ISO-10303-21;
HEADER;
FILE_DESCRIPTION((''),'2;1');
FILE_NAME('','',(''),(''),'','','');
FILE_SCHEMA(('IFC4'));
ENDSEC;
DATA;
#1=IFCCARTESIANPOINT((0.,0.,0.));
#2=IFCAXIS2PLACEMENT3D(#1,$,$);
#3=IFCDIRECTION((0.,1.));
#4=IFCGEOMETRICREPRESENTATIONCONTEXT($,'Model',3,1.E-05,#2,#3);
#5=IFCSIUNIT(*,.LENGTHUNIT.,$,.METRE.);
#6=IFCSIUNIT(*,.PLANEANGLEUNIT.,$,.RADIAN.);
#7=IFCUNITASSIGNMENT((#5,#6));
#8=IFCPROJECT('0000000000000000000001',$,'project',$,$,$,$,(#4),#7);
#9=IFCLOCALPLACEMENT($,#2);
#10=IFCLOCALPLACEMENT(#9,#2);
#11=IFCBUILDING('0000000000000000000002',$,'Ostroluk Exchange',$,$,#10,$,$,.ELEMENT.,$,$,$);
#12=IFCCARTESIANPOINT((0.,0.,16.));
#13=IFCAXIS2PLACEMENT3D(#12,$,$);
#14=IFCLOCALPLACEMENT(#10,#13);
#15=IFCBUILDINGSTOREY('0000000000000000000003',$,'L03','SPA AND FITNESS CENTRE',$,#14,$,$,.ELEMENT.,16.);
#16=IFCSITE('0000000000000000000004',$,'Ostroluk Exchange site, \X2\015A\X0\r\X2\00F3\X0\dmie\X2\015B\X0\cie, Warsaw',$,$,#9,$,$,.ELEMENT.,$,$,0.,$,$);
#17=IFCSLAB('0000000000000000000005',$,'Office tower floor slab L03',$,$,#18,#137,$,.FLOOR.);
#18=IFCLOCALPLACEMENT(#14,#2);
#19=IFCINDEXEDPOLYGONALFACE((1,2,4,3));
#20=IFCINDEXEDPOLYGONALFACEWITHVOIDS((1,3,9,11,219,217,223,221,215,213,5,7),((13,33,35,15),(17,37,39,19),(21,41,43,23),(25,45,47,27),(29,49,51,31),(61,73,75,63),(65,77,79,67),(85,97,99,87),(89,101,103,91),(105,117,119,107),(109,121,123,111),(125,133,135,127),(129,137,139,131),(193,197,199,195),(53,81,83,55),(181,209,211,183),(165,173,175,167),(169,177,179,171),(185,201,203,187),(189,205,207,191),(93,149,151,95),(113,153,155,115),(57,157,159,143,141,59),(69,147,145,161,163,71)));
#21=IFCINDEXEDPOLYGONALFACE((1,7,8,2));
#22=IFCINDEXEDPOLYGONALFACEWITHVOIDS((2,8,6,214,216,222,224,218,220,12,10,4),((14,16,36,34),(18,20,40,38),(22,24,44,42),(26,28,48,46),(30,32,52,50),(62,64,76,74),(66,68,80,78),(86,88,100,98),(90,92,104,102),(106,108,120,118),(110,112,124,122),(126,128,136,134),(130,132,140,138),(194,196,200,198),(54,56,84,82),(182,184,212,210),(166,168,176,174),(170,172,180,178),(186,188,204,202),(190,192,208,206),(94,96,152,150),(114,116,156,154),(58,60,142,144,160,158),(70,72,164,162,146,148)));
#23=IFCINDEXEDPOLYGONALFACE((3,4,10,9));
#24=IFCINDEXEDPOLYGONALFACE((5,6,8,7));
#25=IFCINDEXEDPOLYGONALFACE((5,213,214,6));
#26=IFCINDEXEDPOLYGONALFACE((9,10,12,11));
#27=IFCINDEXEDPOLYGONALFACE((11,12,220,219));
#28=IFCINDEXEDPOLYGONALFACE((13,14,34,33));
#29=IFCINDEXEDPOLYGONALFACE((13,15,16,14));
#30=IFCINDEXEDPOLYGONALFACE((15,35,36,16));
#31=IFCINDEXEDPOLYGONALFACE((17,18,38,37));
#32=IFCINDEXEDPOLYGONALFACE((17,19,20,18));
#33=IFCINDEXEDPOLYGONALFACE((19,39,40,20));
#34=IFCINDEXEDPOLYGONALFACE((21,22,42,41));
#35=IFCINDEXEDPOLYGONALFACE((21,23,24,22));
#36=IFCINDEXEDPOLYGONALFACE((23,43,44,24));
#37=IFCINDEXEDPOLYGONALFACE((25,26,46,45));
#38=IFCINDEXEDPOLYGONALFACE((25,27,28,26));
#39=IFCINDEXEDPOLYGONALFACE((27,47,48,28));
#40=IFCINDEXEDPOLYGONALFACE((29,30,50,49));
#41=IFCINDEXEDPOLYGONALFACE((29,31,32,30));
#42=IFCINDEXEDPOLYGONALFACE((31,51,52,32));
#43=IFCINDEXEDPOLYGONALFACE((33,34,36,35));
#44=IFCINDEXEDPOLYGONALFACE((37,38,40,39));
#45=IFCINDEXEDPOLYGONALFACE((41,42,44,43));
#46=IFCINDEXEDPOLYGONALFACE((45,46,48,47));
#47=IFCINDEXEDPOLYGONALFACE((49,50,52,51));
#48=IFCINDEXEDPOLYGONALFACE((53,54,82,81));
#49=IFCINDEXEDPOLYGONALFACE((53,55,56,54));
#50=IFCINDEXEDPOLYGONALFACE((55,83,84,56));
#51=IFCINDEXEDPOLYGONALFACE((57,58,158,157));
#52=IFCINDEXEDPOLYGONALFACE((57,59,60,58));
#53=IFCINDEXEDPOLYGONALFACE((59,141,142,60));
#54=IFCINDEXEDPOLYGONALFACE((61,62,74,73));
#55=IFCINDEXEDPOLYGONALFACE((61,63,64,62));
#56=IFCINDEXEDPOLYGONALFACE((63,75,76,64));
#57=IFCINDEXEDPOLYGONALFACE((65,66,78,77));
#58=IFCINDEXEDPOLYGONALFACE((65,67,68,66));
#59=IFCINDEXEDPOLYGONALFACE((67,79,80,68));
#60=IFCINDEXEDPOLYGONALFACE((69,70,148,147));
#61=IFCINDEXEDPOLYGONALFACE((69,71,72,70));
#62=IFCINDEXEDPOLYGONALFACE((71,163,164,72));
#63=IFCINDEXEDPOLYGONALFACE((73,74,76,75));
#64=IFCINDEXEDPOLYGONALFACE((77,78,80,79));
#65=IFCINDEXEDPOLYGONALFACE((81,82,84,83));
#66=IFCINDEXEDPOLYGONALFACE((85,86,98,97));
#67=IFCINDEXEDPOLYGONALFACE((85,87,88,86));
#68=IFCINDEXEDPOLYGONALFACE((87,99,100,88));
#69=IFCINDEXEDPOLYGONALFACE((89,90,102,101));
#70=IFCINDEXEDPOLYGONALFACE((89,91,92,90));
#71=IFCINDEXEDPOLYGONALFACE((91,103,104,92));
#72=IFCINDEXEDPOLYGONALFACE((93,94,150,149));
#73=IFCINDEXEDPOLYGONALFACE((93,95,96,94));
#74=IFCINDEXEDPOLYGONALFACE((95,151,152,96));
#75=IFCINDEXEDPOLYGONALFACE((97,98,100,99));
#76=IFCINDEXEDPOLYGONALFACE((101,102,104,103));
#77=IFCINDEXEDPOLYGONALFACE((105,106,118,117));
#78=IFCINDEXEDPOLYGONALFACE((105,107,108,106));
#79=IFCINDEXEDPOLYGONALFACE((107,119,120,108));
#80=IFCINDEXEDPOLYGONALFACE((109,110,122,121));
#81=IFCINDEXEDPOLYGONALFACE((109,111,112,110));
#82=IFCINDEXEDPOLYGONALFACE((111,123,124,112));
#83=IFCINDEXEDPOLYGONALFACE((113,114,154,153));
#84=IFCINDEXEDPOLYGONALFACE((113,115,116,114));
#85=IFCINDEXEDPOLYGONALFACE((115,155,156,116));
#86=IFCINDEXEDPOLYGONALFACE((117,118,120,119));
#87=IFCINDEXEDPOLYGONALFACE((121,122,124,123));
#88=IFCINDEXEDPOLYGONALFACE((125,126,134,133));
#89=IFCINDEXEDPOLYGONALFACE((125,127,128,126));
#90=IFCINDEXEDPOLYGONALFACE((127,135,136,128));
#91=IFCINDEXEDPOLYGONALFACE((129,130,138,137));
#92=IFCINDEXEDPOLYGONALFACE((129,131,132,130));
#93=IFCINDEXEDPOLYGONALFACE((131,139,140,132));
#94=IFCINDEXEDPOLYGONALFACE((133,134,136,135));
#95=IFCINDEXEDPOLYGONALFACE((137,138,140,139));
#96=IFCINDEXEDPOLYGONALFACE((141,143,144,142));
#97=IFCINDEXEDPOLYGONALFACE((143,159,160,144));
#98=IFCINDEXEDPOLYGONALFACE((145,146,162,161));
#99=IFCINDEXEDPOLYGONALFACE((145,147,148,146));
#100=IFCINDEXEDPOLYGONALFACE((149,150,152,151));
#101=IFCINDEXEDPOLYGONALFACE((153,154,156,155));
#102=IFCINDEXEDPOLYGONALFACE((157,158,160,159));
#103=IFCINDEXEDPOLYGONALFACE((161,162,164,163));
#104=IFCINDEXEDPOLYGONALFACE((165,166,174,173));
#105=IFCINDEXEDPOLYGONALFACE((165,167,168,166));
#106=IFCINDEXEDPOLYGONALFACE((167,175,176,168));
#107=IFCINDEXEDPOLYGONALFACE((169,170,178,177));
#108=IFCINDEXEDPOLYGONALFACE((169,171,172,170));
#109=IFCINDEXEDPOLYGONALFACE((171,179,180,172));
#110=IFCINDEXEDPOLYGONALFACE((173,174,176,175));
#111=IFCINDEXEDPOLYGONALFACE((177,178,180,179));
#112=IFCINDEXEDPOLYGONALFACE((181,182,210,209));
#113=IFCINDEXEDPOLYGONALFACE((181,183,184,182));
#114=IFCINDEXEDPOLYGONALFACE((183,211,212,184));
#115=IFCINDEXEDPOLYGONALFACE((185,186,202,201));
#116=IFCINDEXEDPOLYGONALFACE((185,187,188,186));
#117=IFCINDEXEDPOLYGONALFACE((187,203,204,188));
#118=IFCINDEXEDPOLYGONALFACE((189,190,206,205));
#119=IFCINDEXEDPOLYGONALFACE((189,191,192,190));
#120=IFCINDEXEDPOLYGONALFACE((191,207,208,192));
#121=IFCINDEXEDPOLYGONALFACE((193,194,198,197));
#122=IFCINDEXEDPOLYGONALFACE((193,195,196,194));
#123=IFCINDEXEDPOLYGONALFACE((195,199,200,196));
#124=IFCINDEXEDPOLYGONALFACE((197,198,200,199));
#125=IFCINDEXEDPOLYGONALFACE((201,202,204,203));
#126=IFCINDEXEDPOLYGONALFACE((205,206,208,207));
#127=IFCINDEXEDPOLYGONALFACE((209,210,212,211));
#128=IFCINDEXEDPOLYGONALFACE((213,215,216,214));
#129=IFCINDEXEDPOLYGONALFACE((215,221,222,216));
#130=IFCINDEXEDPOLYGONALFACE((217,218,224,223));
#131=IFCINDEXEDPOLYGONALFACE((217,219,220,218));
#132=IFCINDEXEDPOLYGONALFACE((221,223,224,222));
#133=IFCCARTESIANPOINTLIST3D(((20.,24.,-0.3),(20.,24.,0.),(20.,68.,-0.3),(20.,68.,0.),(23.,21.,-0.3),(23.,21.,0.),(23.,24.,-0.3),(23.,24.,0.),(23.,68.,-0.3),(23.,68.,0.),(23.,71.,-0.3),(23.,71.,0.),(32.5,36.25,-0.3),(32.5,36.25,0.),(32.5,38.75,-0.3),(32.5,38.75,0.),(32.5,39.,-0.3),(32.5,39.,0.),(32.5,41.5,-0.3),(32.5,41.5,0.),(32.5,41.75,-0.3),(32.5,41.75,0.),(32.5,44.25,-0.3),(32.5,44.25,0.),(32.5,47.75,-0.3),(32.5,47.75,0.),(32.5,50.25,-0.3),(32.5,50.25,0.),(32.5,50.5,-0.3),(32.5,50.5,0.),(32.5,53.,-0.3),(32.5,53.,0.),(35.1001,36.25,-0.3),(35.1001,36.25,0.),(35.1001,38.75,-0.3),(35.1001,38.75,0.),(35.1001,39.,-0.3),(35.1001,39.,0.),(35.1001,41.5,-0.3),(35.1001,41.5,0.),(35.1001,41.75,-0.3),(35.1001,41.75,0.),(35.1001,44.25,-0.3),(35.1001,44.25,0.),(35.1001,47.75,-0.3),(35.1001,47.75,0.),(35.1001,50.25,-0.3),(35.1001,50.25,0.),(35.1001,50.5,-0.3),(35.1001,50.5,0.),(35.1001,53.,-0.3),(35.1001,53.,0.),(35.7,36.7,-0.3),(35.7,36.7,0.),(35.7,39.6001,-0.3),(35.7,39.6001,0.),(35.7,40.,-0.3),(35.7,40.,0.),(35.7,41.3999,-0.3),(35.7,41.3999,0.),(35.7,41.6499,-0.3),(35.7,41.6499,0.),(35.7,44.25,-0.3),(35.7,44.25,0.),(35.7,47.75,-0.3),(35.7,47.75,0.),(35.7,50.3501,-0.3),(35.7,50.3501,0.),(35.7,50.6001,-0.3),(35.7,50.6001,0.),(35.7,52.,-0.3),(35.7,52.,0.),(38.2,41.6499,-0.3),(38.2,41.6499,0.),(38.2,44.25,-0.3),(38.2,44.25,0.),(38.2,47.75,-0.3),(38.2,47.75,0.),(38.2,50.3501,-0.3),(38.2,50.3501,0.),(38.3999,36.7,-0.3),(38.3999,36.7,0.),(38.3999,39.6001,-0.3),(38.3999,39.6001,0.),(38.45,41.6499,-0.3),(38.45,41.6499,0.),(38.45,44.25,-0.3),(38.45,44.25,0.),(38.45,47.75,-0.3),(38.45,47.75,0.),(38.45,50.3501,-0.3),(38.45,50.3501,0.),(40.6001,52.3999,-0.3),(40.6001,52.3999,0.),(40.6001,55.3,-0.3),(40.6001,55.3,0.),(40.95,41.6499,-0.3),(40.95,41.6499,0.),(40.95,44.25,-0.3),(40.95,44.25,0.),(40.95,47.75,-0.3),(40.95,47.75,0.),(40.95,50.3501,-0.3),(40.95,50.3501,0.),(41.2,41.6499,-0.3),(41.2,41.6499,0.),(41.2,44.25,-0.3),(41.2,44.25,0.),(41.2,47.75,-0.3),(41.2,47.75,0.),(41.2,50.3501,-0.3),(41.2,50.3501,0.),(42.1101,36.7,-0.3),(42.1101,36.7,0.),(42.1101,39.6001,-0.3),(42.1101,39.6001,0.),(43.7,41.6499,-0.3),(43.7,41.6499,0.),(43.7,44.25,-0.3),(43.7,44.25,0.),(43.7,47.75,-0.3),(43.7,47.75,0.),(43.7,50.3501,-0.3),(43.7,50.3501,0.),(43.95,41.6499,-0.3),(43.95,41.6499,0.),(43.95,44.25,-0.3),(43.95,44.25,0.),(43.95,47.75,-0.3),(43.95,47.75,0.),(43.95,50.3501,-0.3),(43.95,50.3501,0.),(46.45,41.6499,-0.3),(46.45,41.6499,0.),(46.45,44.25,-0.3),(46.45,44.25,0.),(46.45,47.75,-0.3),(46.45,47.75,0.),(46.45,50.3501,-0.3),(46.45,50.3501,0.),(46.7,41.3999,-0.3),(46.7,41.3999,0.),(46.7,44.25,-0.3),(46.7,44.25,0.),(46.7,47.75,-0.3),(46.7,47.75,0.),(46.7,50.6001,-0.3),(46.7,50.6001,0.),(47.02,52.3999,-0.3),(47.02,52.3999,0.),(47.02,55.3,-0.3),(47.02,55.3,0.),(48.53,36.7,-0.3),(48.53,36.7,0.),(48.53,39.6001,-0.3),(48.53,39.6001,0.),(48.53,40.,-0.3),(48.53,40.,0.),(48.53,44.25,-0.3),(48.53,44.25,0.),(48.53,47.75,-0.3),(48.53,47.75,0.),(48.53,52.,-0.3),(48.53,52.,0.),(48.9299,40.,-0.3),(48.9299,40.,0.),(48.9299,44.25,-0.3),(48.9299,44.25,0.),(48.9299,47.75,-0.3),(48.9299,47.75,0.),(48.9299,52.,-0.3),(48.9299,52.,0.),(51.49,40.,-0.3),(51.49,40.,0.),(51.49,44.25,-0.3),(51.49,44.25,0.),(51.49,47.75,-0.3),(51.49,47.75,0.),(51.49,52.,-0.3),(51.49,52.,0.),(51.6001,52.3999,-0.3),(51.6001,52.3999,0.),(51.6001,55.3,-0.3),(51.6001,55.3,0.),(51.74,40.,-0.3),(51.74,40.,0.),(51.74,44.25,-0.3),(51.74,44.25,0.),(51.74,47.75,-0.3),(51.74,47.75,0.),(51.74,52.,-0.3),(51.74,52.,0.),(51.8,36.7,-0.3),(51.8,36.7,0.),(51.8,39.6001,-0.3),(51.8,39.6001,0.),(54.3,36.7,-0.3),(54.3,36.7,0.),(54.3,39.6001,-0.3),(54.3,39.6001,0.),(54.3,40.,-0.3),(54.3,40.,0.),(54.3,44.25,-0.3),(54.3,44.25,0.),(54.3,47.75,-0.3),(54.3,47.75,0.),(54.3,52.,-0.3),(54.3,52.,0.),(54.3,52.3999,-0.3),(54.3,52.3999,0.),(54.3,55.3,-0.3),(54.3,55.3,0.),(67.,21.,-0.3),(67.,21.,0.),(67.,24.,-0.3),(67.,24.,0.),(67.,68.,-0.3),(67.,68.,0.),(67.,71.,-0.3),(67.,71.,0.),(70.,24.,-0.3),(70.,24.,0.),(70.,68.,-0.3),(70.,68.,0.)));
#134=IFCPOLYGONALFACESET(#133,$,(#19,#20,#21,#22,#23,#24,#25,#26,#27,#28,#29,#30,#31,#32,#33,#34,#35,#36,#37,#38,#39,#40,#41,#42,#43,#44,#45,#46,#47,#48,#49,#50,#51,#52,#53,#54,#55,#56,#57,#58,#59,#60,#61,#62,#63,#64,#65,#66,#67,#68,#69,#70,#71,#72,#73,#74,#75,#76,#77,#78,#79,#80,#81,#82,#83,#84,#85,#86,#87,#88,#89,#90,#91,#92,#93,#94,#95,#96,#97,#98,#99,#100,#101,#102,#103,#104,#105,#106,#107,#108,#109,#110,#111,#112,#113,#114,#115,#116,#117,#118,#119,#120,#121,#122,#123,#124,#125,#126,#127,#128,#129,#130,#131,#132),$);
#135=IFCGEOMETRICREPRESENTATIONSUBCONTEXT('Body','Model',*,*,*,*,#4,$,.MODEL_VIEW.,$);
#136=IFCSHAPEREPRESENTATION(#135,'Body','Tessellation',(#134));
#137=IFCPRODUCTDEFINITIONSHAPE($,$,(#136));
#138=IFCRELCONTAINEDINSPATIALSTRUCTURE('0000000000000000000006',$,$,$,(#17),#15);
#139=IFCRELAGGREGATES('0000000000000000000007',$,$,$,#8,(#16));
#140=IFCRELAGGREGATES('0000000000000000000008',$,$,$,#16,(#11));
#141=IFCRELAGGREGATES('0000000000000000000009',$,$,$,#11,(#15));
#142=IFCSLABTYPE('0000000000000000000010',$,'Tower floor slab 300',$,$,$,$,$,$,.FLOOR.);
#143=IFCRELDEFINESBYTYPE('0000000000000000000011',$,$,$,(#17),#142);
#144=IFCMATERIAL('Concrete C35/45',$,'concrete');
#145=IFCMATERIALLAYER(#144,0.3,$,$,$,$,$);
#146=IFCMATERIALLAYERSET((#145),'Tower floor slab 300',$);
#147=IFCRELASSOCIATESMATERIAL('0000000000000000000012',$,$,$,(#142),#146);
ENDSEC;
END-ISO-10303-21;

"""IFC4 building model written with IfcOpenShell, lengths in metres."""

from ifc_helpers import new_model, si_unit, direction, frame, origin, place, context, subcontext, project, spatial, polyline, outline, extrude, material, layer, layer_set, type_object, element, save


model = new_model("IFC4")

# Units and contexts
model_context = context("Model", 3, precision=1e-05, world=origin(), true_north=direction((0.0, 1.0)))
body_context = subcontext(model_context, "Body", "Model", "MODEL_VIEW")
ifc_project = project(units=[si_unit("LENGTHUNIT", "METRE"), si_unit("PLANEANGLEUNIT", "RADIAN")], contexts=[model_context])

# Site, building, storey
site_placement = place(None, origin())
site = spatial("IfcSite", under=ifc_project, at=site_placement, Name="Ostroluk Exchange site, Śródmieście, Warsaw", CompositionType="ELEMENT", RefElevation=0.0)
building_placement = place(site_placement, origin())
building = spatial("IfcBuilding", under=site, at=building_placement, Name="Ostroluk Exchange", CompositionType="ELEMENT")
storey_placement = place(building_placement, frame((0.0, 0.0, 16.0)))
storey = spatial("IfcBuildingStorey", under=building, at=storey_placement, Name="L03", Description="SPA AND FITNESS CENTRE", CompositionType="ELEMENT", Elevation=16.0)

# Slab
ifc_material_1 = material(Name="Concrete C35/45", Category="concrete")
ifc_layer_1 = layer(ifc_material_1, 0.3)
ifc_layer_set_1 = layer_set([ifc_layer_1], Name="Tower floor slab 300")
slab_type_1 = type_object("IfcSlabType", Name="Tower floor slab 300", PredefinedType="FLOOR", material=ifc_layer_set_1)
slab_1_placement = place(storey_placement, frame((0.0, 0.0, -0.3)))
element("IfcSlab", 1, at=slab_1_placement, inside=storey, type_object=slab_type_1, Name="Office tower floor slab L03", PredefinedType="FLOOR", context=body_context, shape_type="SweptSolid", body=[
    extrude(outline(polyline([(23.0, 21.0), (67.0, 21.0), (67.0, 24.0), (70.0, 24.0), (70.0, 68.0), (67.0, 68.0), (67.0, 71.0), (23.0, 71.0), (23.0, 68.0), (20.0, 68.0), (20.0, 24.0), (23.0, 24.0), (23.0, 21.0)]), holes=[polyline([(35.7, 36.7), (38.3999, 36.7), (38.3999, 39.6001), (35.7, 39.6001), (35.7, 36.7)]), polyline([(42.1101, 36.7), (48.53, 36.7), (48.53, 39.6001), (42.1101, 39.6001), (42.1101, 36.7)]), polyline([(51.8, 36.7), (54.3, 36.7), (54.3, 39.6001), (51.8, 39.6001), (51.8, 36.7)]), polyline([(40.6001, 52.3999), (47.02, 52.3999), (47.02, 55.3), (40.6001, 55.3), (40.6001, 52.3999)]), polyline([(51.6001, 52.3999), (54.3, 52.3999), (54.3, 55.3), (51.6001, 55.3), (51.6001, 52.3999)]), polyline([(35.7, 47.75), (38.2, 47.75), (38.2, 50.3501), (35.7, 50.3501), (35.7, 47.75)]), polyline([(38.45, 47.75), (40.95, 47.75), (40.95, 50.3501), (38.45, 50.3501), (38.45, 47.75)]), polyline([(41.2, 47.75), (43.7, 47.75), (43.7, 50.3501), (41.2, 50.3501), (41.2, 47.75)]), polyline([(43.95, 47.75), (46.45, 47.75), (46.45, 50.3501), (43.95, 50.3501), (43.95, 47.75)]), polyline([(35.7, 41.6499), (38.2, 41.6499), (38.2, 44.25), (35.7, 44.25), (35.7, 41.6499)]), polyline([(38.45, 41.6499), (40.95, 41.6499), (40.95, 44.25), (38.45, 44.25), (38.45, 41.6499)]), polyline([(41.2, 41.6499), (43.7, 41.6499), (43.7, 44.25), (41.2, 44.25), (41.2, 41.6499)]), polyline([(43.95, 41.6499), (46.45, 41.6499), (46.45, 44.25), (43.95, 44.25), (43.95, 41.6499)]), polyline([(48.9299, 47.75), (51.49, 47.75), (51.49, 52.0), (48.9299, 52.0), (48.9299, 47.75)]), polyline([(51.74, 47.75), (54.3, 47.75), (54.3, 52.0), (51.74, 52.0), (51.74, 47.75)]), polyline([(48.9299, 40.0), (51.49, 40.0), (51.49, 44.25), (48.9299, 44.25), (48.9299, 40.0)]), polyline([(51.74, 40.0), (54.3, 40.0), (54.3, 44.25), (51.74, 44.25), (51.74, 40.0)]), polyline([(48.53, 52.0), (48.53, 47.75), (46.7, 47.75), (46.7, 50.6001), (35.7, 50.6001), (35.7, 52.0), (48.53, 52.0)]), polyline([(35.7, 40.0), (35.7, 41.3999), (46.7, 41.3999), (46.7, 44.25), (48.53, 44.25), (48.53, 40.0), (35.7, 40.0)]), polyline([(32.5, 36.25), (35.1001, 36.25), (35.1001, 38.75), (32.5, 38.75), (32.5, 36.25)]), polyline([(32.5, 39.0), (35.1001, 39.0), (35.1001, 41.5), (32.5, 41.5), (32.5, 39.0)]), polyline([(32.5, 41.75), (35.1001, 41.75), (35.1001, 44.25), (32.5, 44.25), (32.5, 41.75)]), polyline([(32.5, 47.75), (35.1001, 47.75), (35.1001, 50.25), (32.5, 50.25), (32.5, 47.75)]), polyline([(32.5, 50.5), (35.1001, 50.5), (35.1001, 53.0), (32.5, 53.0), (32.5, 50.5)])]), origin(), (0.0, 0.0, 1.0), 0.3),
])

save(model, "model.ifc")
